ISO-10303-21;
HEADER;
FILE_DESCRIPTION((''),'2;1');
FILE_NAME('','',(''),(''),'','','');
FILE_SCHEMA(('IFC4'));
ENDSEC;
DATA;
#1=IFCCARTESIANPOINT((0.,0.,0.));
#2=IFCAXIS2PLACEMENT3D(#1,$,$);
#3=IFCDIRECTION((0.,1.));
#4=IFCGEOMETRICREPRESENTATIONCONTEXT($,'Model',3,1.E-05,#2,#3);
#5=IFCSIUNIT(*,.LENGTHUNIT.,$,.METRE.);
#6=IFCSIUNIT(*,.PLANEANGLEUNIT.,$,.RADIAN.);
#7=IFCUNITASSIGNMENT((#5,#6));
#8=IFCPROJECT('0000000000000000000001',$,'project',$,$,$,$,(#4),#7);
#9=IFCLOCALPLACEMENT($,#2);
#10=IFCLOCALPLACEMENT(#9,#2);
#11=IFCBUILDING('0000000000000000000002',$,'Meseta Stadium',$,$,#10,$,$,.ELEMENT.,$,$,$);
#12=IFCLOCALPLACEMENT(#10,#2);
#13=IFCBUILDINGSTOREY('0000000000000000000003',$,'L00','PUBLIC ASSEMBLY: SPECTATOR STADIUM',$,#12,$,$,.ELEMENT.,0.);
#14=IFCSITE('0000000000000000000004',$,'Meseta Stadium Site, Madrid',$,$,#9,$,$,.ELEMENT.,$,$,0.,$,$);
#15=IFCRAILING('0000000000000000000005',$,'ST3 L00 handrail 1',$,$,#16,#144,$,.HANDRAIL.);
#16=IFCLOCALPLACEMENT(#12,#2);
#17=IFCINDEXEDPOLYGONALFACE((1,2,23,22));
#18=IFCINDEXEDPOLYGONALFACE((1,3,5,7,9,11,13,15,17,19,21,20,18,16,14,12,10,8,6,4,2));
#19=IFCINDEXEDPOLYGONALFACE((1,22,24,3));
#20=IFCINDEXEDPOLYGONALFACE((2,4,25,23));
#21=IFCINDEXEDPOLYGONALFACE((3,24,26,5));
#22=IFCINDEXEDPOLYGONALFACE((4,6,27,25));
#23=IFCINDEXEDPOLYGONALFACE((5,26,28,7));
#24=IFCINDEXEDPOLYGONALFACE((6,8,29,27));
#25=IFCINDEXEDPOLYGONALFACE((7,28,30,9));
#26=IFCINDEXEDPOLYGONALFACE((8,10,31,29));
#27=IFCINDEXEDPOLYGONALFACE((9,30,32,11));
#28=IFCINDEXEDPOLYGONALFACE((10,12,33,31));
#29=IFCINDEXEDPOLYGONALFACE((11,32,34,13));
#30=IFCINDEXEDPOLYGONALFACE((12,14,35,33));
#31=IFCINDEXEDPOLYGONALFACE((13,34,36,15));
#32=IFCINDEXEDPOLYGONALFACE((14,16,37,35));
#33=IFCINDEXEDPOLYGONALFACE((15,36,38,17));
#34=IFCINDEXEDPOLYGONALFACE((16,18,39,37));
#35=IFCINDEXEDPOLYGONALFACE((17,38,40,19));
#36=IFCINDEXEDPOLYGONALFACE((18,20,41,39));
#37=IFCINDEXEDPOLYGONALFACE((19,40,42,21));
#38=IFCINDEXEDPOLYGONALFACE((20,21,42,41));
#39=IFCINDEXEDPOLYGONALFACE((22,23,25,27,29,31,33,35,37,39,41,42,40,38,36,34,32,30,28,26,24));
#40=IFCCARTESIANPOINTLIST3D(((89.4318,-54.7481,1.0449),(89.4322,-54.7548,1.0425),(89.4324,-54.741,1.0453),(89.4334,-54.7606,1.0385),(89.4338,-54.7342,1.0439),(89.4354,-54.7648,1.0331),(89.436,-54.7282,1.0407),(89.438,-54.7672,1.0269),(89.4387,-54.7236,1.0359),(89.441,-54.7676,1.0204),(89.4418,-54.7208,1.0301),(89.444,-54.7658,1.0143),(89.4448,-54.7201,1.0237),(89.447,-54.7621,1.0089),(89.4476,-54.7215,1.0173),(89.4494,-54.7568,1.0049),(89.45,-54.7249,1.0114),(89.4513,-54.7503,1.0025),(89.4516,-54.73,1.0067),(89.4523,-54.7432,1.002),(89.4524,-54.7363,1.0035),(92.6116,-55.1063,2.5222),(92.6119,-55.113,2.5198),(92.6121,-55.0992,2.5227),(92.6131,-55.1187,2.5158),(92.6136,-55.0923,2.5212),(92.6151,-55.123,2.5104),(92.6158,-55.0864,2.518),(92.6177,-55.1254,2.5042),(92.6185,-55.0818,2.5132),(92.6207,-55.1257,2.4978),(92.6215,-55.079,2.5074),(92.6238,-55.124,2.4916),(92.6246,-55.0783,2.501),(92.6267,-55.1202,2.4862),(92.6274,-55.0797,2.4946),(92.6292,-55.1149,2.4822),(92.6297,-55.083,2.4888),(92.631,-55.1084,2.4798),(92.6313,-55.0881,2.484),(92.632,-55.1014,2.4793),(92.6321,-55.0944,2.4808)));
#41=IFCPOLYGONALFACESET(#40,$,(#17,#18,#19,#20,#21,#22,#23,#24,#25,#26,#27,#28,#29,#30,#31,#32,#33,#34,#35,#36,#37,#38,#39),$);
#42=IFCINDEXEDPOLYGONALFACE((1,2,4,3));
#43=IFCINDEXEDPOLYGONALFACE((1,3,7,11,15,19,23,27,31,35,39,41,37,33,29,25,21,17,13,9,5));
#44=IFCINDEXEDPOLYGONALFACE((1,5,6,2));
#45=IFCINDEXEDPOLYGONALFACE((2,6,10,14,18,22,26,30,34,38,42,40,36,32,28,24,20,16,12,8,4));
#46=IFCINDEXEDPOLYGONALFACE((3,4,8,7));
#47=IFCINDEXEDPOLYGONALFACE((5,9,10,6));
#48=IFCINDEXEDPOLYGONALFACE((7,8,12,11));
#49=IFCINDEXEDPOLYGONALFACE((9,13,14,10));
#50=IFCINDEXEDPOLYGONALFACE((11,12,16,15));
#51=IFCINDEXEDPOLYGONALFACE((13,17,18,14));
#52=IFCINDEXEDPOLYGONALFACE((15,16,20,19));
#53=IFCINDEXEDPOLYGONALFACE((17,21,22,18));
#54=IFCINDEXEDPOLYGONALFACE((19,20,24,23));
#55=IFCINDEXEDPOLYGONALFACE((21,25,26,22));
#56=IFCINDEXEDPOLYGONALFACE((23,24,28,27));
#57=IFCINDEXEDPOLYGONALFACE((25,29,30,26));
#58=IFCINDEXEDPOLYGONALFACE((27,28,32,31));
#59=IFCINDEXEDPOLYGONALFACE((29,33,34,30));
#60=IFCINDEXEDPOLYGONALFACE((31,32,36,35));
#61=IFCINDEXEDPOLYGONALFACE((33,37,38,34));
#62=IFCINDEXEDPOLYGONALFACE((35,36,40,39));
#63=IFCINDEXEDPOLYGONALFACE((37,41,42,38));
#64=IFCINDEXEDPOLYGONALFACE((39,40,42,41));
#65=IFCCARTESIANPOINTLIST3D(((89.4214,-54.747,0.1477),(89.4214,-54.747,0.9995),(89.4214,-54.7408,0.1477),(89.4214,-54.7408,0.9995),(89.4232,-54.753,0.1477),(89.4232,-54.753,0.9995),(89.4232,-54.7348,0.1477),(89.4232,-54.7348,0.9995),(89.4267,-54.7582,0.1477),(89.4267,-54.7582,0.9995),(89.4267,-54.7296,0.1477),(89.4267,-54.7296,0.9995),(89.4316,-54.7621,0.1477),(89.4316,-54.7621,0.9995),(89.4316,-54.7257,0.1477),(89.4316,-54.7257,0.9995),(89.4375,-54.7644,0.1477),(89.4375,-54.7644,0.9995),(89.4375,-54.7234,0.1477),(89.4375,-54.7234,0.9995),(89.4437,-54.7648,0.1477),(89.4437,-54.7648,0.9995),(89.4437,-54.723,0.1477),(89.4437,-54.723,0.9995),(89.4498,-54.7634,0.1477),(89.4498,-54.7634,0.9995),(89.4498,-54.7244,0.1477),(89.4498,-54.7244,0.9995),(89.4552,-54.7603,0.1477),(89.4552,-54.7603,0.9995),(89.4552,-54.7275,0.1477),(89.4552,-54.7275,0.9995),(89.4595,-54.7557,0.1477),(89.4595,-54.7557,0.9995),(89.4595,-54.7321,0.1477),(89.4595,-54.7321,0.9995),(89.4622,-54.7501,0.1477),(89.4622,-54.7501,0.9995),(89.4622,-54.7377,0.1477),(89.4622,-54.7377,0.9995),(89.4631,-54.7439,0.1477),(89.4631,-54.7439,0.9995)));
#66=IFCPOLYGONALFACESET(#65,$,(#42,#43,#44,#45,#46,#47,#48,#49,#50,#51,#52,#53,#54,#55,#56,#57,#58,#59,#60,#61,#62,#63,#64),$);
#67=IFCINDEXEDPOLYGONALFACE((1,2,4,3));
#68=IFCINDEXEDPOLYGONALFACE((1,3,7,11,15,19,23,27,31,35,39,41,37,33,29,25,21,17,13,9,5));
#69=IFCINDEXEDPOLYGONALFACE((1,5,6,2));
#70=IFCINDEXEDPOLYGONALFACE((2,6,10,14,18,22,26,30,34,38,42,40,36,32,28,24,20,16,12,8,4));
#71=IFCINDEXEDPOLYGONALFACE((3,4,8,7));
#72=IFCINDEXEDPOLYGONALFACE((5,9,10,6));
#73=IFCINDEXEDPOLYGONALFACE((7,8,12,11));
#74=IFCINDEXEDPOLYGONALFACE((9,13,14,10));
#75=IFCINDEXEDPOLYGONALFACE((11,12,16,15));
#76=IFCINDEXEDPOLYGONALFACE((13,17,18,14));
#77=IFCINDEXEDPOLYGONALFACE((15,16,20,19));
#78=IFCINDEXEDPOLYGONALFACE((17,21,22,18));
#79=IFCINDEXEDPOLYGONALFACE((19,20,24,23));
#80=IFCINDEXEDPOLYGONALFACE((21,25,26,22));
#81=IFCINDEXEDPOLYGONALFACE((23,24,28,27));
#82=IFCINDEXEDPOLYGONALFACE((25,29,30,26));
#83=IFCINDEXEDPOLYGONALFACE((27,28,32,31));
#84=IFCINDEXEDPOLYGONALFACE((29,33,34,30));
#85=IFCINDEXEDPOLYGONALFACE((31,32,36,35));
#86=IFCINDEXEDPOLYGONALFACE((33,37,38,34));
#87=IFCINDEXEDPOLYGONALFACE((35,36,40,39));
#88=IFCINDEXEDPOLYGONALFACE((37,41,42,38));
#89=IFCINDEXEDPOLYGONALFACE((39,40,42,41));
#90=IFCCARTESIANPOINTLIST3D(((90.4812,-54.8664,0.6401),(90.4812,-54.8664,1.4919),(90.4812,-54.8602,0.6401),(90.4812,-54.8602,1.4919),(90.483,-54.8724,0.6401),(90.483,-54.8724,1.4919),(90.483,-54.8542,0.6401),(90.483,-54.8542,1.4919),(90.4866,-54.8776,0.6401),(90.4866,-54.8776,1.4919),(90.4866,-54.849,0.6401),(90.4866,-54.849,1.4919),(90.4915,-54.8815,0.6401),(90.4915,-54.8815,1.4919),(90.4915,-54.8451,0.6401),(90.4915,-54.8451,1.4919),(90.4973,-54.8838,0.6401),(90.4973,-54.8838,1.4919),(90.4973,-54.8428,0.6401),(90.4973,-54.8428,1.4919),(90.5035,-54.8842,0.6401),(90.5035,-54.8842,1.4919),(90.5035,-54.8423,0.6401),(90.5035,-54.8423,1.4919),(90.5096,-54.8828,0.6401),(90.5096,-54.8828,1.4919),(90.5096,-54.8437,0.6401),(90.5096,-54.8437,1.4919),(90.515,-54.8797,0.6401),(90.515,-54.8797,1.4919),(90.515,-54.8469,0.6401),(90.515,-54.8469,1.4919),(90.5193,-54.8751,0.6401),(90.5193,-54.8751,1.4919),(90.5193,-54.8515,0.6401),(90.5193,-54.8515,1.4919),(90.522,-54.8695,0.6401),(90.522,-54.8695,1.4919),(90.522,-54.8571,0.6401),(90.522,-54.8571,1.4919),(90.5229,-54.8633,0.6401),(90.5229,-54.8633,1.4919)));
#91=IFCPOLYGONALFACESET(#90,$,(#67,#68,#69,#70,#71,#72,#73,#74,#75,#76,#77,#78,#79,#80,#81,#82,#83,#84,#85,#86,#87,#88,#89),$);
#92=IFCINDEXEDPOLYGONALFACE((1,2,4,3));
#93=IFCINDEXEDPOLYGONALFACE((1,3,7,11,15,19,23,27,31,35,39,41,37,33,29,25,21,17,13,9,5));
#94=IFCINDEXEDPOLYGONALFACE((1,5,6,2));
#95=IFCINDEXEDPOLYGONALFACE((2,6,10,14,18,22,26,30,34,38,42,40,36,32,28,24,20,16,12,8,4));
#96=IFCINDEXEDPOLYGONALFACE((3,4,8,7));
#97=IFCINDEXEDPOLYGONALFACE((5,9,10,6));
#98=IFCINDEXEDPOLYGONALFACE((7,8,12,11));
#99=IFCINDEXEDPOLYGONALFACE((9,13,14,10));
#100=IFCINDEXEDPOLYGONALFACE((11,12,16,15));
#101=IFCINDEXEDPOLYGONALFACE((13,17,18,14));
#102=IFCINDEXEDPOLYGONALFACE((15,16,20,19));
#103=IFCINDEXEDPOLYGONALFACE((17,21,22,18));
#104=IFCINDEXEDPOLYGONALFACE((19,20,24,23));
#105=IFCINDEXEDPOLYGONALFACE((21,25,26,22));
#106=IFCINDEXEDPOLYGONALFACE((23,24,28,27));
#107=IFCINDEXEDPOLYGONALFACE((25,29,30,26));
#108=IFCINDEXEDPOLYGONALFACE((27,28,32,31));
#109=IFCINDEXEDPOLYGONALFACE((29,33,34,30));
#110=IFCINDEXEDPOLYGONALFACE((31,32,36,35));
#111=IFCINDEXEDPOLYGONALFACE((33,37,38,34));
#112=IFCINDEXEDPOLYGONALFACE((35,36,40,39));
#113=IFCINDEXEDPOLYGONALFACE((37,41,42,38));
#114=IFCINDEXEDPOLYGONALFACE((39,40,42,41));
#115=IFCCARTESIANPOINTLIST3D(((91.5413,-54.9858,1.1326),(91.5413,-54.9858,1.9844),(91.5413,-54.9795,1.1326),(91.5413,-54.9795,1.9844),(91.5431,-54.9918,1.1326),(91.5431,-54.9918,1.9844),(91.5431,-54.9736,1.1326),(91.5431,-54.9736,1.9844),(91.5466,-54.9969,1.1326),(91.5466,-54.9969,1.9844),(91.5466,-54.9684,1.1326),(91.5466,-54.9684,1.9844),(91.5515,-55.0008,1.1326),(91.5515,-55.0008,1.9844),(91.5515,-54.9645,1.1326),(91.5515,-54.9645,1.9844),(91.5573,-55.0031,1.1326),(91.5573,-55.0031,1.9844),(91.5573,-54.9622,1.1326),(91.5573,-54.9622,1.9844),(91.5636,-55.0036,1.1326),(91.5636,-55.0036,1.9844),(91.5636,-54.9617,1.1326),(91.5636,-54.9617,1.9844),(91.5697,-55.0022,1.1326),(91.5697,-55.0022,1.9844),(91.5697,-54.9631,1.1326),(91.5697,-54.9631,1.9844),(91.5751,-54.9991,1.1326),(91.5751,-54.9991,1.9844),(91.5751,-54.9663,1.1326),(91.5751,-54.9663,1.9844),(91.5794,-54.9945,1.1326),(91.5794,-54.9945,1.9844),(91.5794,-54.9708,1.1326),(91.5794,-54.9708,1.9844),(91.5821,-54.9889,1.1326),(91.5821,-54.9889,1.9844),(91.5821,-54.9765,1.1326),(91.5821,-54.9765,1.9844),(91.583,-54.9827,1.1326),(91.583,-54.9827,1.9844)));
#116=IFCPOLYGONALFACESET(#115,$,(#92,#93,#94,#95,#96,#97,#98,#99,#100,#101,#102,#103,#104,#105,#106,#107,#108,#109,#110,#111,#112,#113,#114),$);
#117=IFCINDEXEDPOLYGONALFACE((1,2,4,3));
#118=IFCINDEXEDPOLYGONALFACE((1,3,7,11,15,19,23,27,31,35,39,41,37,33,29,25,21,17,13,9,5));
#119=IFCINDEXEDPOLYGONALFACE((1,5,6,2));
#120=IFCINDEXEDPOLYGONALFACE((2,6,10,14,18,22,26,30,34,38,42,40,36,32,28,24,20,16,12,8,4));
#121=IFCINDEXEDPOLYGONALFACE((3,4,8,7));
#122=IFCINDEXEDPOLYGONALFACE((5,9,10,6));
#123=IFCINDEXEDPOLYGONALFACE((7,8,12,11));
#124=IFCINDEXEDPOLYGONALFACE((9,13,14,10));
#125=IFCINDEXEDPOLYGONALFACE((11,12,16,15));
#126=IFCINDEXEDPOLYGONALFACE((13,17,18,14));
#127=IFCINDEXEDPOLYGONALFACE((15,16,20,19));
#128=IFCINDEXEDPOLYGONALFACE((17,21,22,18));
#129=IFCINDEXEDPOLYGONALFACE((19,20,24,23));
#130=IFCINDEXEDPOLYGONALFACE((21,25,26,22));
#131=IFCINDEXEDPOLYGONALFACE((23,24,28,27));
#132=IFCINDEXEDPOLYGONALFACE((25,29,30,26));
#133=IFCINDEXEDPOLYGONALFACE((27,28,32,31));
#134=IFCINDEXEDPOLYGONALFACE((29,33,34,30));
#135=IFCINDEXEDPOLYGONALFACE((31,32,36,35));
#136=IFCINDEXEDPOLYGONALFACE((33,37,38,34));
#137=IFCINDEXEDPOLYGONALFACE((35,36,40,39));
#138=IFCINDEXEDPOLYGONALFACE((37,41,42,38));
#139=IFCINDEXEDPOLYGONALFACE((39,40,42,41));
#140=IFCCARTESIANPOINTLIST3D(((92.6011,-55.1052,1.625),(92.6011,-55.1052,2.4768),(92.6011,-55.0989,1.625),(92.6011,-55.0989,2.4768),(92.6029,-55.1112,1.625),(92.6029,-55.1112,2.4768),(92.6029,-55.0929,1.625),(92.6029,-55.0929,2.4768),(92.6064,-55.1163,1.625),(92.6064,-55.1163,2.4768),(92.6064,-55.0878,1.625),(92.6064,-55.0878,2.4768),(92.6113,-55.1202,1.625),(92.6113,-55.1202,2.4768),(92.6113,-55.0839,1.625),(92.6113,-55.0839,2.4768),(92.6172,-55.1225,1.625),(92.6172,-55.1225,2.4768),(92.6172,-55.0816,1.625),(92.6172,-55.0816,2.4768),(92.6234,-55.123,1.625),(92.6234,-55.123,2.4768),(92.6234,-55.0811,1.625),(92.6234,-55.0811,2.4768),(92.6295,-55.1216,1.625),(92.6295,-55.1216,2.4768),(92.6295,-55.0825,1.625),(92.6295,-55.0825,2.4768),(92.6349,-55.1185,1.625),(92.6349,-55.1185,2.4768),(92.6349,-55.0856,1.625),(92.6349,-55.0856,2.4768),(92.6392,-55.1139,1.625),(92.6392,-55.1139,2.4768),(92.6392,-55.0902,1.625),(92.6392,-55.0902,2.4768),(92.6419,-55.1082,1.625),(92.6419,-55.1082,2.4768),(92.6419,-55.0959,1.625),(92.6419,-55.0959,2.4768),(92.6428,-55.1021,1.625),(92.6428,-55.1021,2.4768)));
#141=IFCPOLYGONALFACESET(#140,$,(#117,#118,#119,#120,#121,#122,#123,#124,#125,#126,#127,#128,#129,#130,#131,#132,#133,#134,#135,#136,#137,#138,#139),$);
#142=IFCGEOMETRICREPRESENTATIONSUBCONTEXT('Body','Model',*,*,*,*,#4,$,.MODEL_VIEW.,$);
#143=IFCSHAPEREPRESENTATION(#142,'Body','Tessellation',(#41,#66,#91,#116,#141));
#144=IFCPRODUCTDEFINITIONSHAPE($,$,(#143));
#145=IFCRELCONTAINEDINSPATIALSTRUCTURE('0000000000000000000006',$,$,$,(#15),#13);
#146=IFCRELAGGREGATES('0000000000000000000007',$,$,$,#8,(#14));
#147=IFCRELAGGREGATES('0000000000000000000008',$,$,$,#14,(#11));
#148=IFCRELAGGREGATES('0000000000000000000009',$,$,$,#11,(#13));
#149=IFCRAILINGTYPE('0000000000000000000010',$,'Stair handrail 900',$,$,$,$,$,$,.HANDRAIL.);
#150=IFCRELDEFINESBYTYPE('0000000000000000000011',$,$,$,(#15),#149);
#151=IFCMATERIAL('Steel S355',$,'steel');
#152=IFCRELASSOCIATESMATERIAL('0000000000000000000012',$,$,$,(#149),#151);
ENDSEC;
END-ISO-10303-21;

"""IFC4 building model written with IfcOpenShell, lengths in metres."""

from ifc_helpers import new_model, si_unit, direction, frame, origin, origin_2d, place, context, subcontext, project, spatial, circle, extrude, material, type_object, element, save


model = new_model("IFC4")

# Units and contexts
model_context = context("Model", 3, precision=1e-05, world=origin(), true_north=direction((0.0, 1.0)))
body_context = subcontext(model_context, "Body", "Model", "MODEL_VIEW")
ifc_project = project(units=[si_unit("LENGTHUNIT", "METRE"), si_unit("PLANEANGLEUNIT", "RADIAN")], contexts=[model_context])

# Site, building, storey
site_placement = place(None, origin())
site = spatial("IfcSite", under=ifc_project, at=site_placement, Name="Meseta Stadium Site, Madrid", CompositionType="ELEMENT", RefElevation=0.0)
building_placement = place(site_placement, origin())
building = spatial("IfcBuilding", under=site, at=building_placement, Name="Meseta Stadium", CompositionType="ELEMENT")
storey_placement = place(building_placement, origin())
storey = spatial("IfcBuildingStorey", under=building, at=storey_placement, Name="L00", Description="PUBLIC ASSEMBLY: SPECTATOR STADIUM", CompositionType="ELEMENT", Elevation=0.0)

# Railing
ifc_material_1 = material(Name="Steel S355", Category="steel")
railing_type_1 = type_object("IfcRailingType", Name="Stair handrail 900", PredefinedType="HANDRAIL", material=ifc_material_1)
for number, where, name in (
    (1, (89.4421, -54.7439, 0.1477), "ST3 L00 handrail 1"),
):
    element("IfcRailing", number, at=place(storey_placement, frame(where)), inside=storey, type_object=railing_type_1, Name=name, PredefinedType="HANDRAIL", context=body_context, shape_type="SweptSolid", body=[
        extrude(circle(Radius=0.0239, at=origin_2d()), frame((0.0, 0.0, 0.876), z_axis=(0.902204, -0.101623, 0.419167), x_axis=(0.11193, 0.993716, 0.0)), (0.0, 0.0, 1.0), 3.5244),
        extrude(circle(Radius=0.021, at=origin_2d()), origin(), (0.0, 0.0, 1.0), 0.8518),
        extrude(circle(Radius=0.021, at=origin_2d()), frame((1.0598, -0.1194, 0.4924)), (0.0, 0.0, 1.0), 0.8518),
        extrude(circle(Radius=0.021, at=origin_2d()), frame((2.1199, -0.2388, 0.9849)), (0.0, 0.0, 1.0), 0.8518),
        extrude(circle(Radius=0.021, at=origin_2d()), frame((3.1797, -0.3582, 1.4773)), (0.0, 0.0, 1.0), 0.8518),
    ])

save(model, "model.ifc")
